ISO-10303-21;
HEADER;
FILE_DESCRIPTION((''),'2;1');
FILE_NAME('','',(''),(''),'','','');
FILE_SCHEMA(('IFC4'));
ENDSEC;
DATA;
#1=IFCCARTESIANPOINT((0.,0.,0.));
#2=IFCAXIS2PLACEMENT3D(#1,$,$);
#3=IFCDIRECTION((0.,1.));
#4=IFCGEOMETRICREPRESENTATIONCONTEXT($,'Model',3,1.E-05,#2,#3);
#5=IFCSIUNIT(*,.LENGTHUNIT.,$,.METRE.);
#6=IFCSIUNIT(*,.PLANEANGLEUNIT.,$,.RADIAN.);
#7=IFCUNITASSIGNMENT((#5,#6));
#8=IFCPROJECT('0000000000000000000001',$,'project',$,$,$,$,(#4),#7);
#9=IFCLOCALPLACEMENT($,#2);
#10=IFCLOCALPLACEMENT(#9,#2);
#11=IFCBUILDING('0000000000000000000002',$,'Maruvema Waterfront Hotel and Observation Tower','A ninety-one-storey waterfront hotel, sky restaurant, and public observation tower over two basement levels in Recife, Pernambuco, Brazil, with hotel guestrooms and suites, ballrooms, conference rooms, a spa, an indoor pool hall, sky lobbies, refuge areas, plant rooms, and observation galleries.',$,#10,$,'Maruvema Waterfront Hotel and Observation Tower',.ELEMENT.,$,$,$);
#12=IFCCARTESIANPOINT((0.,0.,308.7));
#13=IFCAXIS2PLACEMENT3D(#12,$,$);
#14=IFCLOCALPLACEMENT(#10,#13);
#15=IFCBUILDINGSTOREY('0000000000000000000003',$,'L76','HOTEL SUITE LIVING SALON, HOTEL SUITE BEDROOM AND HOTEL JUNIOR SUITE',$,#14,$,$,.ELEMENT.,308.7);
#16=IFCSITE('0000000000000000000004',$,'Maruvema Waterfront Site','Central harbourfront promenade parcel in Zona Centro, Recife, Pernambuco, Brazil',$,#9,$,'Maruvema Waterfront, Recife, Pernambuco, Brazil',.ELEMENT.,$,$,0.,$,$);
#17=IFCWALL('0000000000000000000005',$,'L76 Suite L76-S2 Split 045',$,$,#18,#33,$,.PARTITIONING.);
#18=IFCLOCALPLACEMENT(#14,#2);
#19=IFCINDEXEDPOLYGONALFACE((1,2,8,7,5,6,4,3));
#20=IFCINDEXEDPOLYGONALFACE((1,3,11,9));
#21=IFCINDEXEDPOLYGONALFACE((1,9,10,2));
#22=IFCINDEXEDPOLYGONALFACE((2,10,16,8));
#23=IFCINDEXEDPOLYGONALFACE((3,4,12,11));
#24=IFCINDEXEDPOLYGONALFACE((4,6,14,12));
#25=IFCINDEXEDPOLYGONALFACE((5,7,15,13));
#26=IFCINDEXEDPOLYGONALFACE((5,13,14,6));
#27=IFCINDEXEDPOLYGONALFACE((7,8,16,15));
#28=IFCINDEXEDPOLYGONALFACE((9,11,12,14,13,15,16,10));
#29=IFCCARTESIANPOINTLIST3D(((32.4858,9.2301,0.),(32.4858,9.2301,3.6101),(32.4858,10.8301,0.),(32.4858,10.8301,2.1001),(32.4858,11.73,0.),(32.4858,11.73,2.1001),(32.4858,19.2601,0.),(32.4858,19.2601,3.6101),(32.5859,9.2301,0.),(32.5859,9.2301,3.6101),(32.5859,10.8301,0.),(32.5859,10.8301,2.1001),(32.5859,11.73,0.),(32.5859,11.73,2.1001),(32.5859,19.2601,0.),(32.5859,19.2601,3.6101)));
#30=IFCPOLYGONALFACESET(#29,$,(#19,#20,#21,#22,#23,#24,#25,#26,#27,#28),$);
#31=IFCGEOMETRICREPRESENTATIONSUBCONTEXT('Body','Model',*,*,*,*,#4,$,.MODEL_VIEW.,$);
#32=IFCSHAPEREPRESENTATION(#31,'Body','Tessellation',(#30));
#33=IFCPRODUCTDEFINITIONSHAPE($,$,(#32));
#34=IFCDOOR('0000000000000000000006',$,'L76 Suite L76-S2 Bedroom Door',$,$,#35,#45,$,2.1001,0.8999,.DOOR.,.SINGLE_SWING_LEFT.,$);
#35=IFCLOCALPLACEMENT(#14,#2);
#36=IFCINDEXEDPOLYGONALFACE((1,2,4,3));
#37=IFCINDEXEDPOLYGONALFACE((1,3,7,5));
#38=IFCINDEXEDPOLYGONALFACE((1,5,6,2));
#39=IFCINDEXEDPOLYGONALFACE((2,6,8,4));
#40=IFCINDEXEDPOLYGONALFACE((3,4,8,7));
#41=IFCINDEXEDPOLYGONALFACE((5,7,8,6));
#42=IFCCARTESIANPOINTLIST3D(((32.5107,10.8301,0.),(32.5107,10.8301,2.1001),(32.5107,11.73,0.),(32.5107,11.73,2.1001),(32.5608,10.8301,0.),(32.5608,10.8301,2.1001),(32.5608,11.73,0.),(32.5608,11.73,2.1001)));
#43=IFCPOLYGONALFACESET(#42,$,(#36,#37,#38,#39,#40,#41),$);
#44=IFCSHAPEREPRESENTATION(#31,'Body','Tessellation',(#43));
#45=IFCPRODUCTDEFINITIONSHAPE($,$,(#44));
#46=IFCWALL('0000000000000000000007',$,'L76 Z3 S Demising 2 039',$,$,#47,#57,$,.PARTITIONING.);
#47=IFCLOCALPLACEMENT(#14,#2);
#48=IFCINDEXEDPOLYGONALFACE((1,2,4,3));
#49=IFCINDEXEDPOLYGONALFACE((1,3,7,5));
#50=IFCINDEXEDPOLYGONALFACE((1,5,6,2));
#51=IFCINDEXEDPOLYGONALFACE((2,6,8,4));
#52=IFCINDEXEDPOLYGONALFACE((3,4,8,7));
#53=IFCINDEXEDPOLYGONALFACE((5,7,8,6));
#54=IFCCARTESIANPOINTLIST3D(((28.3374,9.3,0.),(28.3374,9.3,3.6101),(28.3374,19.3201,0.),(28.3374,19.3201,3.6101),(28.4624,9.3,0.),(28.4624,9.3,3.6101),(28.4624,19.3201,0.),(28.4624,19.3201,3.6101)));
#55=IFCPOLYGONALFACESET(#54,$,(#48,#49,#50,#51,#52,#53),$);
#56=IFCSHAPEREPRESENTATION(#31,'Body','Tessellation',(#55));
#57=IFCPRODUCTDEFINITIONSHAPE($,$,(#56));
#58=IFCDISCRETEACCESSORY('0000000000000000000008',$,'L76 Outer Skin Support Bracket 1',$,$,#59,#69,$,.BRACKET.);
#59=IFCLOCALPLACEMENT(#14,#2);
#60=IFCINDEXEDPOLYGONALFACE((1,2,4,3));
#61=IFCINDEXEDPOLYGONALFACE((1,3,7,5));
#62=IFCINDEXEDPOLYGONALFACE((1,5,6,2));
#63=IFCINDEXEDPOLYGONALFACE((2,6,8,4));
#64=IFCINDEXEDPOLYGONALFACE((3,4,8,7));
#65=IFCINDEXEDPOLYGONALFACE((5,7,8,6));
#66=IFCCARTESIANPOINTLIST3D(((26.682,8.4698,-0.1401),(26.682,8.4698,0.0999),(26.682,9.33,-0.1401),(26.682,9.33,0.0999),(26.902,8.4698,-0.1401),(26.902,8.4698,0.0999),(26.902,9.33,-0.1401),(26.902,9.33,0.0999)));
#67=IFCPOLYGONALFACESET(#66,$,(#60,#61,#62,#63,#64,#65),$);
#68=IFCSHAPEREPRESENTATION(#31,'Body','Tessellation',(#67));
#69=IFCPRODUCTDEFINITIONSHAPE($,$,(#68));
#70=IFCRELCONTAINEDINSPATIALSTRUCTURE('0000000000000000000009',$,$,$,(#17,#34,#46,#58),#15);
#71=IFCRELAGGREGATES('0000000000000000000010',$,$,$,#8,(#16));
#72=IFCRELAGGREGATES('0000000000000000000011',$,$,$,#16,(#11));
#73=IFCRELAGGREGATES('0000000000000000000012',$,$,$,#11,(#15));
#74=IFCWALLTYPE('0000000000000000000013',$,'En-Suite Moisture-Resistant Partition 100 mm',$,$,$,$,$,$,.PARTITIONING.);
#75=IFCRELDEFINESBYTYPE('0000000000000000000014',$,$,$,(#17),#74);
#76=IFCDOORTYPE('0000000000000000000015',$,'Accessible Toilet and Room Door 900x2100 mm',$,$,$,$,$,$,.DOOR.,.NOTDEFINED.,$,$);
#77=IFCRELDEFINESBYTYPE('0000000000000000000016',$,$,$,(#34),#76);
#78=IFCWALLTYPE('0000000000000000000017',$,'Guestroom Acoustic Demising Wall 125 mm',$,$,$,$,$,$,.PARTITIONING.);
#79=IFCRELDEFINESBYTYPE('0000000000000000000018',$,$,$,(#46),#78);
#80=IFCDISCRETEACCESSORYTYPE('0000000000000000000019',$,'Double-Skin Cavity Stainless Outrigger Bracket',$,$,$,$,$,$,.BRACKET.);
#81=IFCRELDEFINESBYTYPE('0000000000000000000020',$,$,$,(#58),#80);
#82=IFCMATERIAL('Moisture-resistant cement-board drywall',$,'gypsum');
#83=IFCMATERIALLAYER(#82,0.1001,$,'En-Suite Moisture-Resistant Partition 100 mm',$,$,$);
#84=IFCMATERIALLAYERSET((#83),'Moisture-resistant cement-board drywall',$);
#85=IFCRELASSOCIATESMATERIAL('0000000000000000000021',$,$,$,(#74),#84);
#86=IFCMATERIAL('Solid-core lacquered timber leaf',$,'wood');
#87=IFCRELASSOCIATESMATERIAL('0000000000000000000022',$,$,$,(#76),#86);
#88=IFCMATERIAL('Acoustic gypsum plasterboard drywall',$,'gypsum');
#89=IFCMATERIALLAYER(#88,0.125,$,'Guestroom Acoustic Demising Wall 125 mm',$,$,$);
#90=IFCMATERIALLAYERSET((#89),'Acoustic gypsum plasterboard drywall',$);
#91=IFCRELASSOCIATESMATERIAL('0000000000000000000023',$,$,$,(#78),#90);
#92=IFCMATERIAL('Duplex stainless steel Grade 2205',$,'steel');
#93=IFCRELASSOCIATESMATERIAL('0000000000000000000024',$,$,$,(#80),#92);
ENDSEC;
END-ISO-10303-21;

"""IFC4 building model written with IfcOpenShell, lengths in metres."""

from ifc_helpers import new_model, si_unit, direction, frame, frame_2d, origin, origin_2d, place, context, subcontext, project, spatial, rectangle, extrude, material, layer, layer_set, type_object, element, fill, save


model = new_model("IFC4")

# Units and contexts
model_context = context("Model", 3, precision=1e-05, world=origin(), true_north=direction((0.0, 1.0)))
body_context = subcontext(model_context, "Body", "Model", "MODEL_VIEW")
ifc_project = project(units=[si_unit("LENGTHUNIT", "METRE"), si_unit("PLANEANGLEUNIT", "RADIAN")], contexts=[model_context])

# Site, building, storey
site_placement = place(None, origin())
site = spatial("IfcSite", under=ifc_project, at=site_placement, Name="Maruvema Waterfront Site", Description="Central harbourfront promenade parcel in Zona Centro, Recife, Pernambuco, Brazil", LongName="Maruvema Waterfront, Recife, Pernambuco, Brazil", CompositionType="ELEMENT", RefElevation=0.0)
building_placement = place(site_placement, origin())
building = spatial("IfcBuilding", under=site, at=building_placement, Name="Maruvema Waterfront Hotel and Observation Tower", Description="A ninety-one-storey waterfront hotel, sky restaurant, and public observation tower over two basement levels in Recife, Pernambuco, Brazil, with hotel guestrooms and suites, ballrooms, conference rooms, a spa, an indoor pool hall, sky lobbies, refuge areas, plant rooms, and observation galleries.", LongName="Maruvema Waterfront Hotel and Observation Tower", CompositionType="ELEMENT")
storey_placement = place(building_placement, frame((0.0, 0.0, 308.7)))
storey = spatial("IfcBuildingStorey", under=building, at=storey_placement, Name="L76", Description="HOTEL SUITE LIVING SALON, HOTEL SUITE BEDROOM AND HOTEL JUNIOR SUITE", CompositionType="ELEMENT", Elevation=308.7)

# Wall, opening, door
ifc_material_1 = material(Name="Moisture-resistant cement-board drywall", Category="gypsum")
ifc_layer_1 = layer(ifc_material_1, 0.1001, Name="En-Suite Moisture-Resistant Partition 100 mm")
ifc_layer_set_1 = layer_set([ifc_layer_1], Name="Moisture-resistant cement-board drywall")
wall_type_1 = type_object("IfcWallType", Name="En-Suite Moisture-Resistant Partition 100 mm", PredefinedType="PARTITIONING", material=ifc_layer_set_1)
wall_1_placement = place(storey_placement, frame((32.5359, 9.23, 0.0), z_axis=(0.0, 0.0, 1.0), x_axis=(0.0, 1.0, 0.0)))
wall_1 = element("IfcWall", 1, at=wall_1_placement, inside=storey, type_object=wall_type_1, Name="L76 Suite L76-S2 Split 045", PredefinedType="PARTITIONING", context=body_context, shape_type="SweptSolid", body=[
    extrude(rectangle(XDim=10.03, YDim=0.1001, at=frame_2d((5.0151, 0.0))), origin(), (0.0, 0.0, 1.0), 3.6101),
])
opening_placement = place(wall_1_placement, frame((1.6001, 0.0, 0.0)))
opening = element("IfcOpeningElement", 2, at=opening_placement, cuts=wall_1, PredefinedType="OPENING", context=body_context, shape_type="SweptSolid", body=[
    extrude(rectangle(XDim=0.8999, YDim=2.1001, at=frame_2d((0.45, 1.05))), frame((0.0, 0.0601, 0.0), z_axis=(0.0, -1.0, 0.0), x_axis=(1.0, 0.0, 0.0)), (0.0, 0.0, 1.0), 0.1201),
])
ifc_material_2 = material(Name="Solid-core lacquered timber leaf", Category="wood")
door_type = type_object("IfcDoorType", Name="Accessible Toilet and Room Door 900x2100 mm", OperationType="NOTDEFINED", PredefinedType="DOOR", material=ifc_material_2)
door_placement = place(opening_placement, frame((0.8999, 0.0, 0.0), z_axis=(0.0, 0.0, 1.0), x_axis=(-1.0, 0.0, 0.0)))
door = element("IfcDoor", 3, at=door_placement, inside=storey, type_object=door_type, Name="L76 Suite L76-S2 Bedroom Door", OperationType="SINGLE_SWING_LEFT", OverallHeight=2.1001, OverallWidth=0.8999, PredefinedType="DOOR", context=body_context, shape_type="SweptSolid", body=[
    extrude(rectangle(XDim=0.8999, YDim=2.1001, at=frame_2d((0.45, 1.05))), frame((0.0, 0.0249, 0.0), z_axis=(0.0, -1.0, 0.0), x_axis=(1.0, 0.0, 0.0)), (0.0, 0.0, 1.0), 0.05),
])
fill(opening, door)

# Wall
ifc_material_3 = material(Name="Acoustic gypsum plasterboard drywall", Category="gypsum")
ifc_layer_2 = layer(ifc_material_3, 0.125, Name="Guestroom Acoustic Demising Wall 125 mm")
ifc_layer_set_2 = layer_set([ifc_layer_2], Name="Acoustic gypsum plasterboard drywall")
wall_type_2 = type_object("IfcWallType", Name="Guestroom Acoustic Demising Wall 125 mm", PredefinedType="PARTITIONING", material=ifc_layer_set_2)
wall_2_placement = place(storey_placement, frame((28.3999, 9.3, 0.0), z_axis=(0.0, 0.0, 1.0), x_axis=(0.0, 1.0, 0.0)))
element("IfcWall", 4, at=wall_2_placement, inside=storey, type_object=wall_type_2, Name="L76 Z3 S Demising 2 039", PredefinedType="PARTITIONING", context=body_context, shape_type="SweptSolid", body=[
    extrude(rectangle(XDim=10.02, YDim=0.125, at=frame_2d((5.01, 0.0))), origin(), (0.0, 0.0, 1.0), 3.6101),
])

# Discrete accessory
ifc_material_4 = material(Name="Duplex stainless steel Grade 2205", Category="steel")
discrete_accessory_type = type_object("IfcDiscreteAccessoryType", Name="Double-Skin Cavity Stainless Outrigger Bracket", PredefinedType="BRACKET", material=ifc_material_4)
discrete_accessory_placement = place(storey_placement, frame((26.792, 8.8999, -0.1401), z_axis=(0.0, 0.0, 1.0), x_axis=(1.0, 0.0, 0.0)))
element("IfcDiscreteAccessory", 5, at=discrete_accessory_placement, inside=storey, type_object=discrete_accessory_type, Name="L76 Outer Skin Support Bracket 1", PredefinedType="BRACKET", context=body_context, shape_type="SweptSolid", body=[
    extrude(rectangle(XDim=0.22, YDim=0.8601, at=origin_2d()), origin(), (0.0, 0.0, 1.0), 0.24),
])

save(model, "model.ifc")
